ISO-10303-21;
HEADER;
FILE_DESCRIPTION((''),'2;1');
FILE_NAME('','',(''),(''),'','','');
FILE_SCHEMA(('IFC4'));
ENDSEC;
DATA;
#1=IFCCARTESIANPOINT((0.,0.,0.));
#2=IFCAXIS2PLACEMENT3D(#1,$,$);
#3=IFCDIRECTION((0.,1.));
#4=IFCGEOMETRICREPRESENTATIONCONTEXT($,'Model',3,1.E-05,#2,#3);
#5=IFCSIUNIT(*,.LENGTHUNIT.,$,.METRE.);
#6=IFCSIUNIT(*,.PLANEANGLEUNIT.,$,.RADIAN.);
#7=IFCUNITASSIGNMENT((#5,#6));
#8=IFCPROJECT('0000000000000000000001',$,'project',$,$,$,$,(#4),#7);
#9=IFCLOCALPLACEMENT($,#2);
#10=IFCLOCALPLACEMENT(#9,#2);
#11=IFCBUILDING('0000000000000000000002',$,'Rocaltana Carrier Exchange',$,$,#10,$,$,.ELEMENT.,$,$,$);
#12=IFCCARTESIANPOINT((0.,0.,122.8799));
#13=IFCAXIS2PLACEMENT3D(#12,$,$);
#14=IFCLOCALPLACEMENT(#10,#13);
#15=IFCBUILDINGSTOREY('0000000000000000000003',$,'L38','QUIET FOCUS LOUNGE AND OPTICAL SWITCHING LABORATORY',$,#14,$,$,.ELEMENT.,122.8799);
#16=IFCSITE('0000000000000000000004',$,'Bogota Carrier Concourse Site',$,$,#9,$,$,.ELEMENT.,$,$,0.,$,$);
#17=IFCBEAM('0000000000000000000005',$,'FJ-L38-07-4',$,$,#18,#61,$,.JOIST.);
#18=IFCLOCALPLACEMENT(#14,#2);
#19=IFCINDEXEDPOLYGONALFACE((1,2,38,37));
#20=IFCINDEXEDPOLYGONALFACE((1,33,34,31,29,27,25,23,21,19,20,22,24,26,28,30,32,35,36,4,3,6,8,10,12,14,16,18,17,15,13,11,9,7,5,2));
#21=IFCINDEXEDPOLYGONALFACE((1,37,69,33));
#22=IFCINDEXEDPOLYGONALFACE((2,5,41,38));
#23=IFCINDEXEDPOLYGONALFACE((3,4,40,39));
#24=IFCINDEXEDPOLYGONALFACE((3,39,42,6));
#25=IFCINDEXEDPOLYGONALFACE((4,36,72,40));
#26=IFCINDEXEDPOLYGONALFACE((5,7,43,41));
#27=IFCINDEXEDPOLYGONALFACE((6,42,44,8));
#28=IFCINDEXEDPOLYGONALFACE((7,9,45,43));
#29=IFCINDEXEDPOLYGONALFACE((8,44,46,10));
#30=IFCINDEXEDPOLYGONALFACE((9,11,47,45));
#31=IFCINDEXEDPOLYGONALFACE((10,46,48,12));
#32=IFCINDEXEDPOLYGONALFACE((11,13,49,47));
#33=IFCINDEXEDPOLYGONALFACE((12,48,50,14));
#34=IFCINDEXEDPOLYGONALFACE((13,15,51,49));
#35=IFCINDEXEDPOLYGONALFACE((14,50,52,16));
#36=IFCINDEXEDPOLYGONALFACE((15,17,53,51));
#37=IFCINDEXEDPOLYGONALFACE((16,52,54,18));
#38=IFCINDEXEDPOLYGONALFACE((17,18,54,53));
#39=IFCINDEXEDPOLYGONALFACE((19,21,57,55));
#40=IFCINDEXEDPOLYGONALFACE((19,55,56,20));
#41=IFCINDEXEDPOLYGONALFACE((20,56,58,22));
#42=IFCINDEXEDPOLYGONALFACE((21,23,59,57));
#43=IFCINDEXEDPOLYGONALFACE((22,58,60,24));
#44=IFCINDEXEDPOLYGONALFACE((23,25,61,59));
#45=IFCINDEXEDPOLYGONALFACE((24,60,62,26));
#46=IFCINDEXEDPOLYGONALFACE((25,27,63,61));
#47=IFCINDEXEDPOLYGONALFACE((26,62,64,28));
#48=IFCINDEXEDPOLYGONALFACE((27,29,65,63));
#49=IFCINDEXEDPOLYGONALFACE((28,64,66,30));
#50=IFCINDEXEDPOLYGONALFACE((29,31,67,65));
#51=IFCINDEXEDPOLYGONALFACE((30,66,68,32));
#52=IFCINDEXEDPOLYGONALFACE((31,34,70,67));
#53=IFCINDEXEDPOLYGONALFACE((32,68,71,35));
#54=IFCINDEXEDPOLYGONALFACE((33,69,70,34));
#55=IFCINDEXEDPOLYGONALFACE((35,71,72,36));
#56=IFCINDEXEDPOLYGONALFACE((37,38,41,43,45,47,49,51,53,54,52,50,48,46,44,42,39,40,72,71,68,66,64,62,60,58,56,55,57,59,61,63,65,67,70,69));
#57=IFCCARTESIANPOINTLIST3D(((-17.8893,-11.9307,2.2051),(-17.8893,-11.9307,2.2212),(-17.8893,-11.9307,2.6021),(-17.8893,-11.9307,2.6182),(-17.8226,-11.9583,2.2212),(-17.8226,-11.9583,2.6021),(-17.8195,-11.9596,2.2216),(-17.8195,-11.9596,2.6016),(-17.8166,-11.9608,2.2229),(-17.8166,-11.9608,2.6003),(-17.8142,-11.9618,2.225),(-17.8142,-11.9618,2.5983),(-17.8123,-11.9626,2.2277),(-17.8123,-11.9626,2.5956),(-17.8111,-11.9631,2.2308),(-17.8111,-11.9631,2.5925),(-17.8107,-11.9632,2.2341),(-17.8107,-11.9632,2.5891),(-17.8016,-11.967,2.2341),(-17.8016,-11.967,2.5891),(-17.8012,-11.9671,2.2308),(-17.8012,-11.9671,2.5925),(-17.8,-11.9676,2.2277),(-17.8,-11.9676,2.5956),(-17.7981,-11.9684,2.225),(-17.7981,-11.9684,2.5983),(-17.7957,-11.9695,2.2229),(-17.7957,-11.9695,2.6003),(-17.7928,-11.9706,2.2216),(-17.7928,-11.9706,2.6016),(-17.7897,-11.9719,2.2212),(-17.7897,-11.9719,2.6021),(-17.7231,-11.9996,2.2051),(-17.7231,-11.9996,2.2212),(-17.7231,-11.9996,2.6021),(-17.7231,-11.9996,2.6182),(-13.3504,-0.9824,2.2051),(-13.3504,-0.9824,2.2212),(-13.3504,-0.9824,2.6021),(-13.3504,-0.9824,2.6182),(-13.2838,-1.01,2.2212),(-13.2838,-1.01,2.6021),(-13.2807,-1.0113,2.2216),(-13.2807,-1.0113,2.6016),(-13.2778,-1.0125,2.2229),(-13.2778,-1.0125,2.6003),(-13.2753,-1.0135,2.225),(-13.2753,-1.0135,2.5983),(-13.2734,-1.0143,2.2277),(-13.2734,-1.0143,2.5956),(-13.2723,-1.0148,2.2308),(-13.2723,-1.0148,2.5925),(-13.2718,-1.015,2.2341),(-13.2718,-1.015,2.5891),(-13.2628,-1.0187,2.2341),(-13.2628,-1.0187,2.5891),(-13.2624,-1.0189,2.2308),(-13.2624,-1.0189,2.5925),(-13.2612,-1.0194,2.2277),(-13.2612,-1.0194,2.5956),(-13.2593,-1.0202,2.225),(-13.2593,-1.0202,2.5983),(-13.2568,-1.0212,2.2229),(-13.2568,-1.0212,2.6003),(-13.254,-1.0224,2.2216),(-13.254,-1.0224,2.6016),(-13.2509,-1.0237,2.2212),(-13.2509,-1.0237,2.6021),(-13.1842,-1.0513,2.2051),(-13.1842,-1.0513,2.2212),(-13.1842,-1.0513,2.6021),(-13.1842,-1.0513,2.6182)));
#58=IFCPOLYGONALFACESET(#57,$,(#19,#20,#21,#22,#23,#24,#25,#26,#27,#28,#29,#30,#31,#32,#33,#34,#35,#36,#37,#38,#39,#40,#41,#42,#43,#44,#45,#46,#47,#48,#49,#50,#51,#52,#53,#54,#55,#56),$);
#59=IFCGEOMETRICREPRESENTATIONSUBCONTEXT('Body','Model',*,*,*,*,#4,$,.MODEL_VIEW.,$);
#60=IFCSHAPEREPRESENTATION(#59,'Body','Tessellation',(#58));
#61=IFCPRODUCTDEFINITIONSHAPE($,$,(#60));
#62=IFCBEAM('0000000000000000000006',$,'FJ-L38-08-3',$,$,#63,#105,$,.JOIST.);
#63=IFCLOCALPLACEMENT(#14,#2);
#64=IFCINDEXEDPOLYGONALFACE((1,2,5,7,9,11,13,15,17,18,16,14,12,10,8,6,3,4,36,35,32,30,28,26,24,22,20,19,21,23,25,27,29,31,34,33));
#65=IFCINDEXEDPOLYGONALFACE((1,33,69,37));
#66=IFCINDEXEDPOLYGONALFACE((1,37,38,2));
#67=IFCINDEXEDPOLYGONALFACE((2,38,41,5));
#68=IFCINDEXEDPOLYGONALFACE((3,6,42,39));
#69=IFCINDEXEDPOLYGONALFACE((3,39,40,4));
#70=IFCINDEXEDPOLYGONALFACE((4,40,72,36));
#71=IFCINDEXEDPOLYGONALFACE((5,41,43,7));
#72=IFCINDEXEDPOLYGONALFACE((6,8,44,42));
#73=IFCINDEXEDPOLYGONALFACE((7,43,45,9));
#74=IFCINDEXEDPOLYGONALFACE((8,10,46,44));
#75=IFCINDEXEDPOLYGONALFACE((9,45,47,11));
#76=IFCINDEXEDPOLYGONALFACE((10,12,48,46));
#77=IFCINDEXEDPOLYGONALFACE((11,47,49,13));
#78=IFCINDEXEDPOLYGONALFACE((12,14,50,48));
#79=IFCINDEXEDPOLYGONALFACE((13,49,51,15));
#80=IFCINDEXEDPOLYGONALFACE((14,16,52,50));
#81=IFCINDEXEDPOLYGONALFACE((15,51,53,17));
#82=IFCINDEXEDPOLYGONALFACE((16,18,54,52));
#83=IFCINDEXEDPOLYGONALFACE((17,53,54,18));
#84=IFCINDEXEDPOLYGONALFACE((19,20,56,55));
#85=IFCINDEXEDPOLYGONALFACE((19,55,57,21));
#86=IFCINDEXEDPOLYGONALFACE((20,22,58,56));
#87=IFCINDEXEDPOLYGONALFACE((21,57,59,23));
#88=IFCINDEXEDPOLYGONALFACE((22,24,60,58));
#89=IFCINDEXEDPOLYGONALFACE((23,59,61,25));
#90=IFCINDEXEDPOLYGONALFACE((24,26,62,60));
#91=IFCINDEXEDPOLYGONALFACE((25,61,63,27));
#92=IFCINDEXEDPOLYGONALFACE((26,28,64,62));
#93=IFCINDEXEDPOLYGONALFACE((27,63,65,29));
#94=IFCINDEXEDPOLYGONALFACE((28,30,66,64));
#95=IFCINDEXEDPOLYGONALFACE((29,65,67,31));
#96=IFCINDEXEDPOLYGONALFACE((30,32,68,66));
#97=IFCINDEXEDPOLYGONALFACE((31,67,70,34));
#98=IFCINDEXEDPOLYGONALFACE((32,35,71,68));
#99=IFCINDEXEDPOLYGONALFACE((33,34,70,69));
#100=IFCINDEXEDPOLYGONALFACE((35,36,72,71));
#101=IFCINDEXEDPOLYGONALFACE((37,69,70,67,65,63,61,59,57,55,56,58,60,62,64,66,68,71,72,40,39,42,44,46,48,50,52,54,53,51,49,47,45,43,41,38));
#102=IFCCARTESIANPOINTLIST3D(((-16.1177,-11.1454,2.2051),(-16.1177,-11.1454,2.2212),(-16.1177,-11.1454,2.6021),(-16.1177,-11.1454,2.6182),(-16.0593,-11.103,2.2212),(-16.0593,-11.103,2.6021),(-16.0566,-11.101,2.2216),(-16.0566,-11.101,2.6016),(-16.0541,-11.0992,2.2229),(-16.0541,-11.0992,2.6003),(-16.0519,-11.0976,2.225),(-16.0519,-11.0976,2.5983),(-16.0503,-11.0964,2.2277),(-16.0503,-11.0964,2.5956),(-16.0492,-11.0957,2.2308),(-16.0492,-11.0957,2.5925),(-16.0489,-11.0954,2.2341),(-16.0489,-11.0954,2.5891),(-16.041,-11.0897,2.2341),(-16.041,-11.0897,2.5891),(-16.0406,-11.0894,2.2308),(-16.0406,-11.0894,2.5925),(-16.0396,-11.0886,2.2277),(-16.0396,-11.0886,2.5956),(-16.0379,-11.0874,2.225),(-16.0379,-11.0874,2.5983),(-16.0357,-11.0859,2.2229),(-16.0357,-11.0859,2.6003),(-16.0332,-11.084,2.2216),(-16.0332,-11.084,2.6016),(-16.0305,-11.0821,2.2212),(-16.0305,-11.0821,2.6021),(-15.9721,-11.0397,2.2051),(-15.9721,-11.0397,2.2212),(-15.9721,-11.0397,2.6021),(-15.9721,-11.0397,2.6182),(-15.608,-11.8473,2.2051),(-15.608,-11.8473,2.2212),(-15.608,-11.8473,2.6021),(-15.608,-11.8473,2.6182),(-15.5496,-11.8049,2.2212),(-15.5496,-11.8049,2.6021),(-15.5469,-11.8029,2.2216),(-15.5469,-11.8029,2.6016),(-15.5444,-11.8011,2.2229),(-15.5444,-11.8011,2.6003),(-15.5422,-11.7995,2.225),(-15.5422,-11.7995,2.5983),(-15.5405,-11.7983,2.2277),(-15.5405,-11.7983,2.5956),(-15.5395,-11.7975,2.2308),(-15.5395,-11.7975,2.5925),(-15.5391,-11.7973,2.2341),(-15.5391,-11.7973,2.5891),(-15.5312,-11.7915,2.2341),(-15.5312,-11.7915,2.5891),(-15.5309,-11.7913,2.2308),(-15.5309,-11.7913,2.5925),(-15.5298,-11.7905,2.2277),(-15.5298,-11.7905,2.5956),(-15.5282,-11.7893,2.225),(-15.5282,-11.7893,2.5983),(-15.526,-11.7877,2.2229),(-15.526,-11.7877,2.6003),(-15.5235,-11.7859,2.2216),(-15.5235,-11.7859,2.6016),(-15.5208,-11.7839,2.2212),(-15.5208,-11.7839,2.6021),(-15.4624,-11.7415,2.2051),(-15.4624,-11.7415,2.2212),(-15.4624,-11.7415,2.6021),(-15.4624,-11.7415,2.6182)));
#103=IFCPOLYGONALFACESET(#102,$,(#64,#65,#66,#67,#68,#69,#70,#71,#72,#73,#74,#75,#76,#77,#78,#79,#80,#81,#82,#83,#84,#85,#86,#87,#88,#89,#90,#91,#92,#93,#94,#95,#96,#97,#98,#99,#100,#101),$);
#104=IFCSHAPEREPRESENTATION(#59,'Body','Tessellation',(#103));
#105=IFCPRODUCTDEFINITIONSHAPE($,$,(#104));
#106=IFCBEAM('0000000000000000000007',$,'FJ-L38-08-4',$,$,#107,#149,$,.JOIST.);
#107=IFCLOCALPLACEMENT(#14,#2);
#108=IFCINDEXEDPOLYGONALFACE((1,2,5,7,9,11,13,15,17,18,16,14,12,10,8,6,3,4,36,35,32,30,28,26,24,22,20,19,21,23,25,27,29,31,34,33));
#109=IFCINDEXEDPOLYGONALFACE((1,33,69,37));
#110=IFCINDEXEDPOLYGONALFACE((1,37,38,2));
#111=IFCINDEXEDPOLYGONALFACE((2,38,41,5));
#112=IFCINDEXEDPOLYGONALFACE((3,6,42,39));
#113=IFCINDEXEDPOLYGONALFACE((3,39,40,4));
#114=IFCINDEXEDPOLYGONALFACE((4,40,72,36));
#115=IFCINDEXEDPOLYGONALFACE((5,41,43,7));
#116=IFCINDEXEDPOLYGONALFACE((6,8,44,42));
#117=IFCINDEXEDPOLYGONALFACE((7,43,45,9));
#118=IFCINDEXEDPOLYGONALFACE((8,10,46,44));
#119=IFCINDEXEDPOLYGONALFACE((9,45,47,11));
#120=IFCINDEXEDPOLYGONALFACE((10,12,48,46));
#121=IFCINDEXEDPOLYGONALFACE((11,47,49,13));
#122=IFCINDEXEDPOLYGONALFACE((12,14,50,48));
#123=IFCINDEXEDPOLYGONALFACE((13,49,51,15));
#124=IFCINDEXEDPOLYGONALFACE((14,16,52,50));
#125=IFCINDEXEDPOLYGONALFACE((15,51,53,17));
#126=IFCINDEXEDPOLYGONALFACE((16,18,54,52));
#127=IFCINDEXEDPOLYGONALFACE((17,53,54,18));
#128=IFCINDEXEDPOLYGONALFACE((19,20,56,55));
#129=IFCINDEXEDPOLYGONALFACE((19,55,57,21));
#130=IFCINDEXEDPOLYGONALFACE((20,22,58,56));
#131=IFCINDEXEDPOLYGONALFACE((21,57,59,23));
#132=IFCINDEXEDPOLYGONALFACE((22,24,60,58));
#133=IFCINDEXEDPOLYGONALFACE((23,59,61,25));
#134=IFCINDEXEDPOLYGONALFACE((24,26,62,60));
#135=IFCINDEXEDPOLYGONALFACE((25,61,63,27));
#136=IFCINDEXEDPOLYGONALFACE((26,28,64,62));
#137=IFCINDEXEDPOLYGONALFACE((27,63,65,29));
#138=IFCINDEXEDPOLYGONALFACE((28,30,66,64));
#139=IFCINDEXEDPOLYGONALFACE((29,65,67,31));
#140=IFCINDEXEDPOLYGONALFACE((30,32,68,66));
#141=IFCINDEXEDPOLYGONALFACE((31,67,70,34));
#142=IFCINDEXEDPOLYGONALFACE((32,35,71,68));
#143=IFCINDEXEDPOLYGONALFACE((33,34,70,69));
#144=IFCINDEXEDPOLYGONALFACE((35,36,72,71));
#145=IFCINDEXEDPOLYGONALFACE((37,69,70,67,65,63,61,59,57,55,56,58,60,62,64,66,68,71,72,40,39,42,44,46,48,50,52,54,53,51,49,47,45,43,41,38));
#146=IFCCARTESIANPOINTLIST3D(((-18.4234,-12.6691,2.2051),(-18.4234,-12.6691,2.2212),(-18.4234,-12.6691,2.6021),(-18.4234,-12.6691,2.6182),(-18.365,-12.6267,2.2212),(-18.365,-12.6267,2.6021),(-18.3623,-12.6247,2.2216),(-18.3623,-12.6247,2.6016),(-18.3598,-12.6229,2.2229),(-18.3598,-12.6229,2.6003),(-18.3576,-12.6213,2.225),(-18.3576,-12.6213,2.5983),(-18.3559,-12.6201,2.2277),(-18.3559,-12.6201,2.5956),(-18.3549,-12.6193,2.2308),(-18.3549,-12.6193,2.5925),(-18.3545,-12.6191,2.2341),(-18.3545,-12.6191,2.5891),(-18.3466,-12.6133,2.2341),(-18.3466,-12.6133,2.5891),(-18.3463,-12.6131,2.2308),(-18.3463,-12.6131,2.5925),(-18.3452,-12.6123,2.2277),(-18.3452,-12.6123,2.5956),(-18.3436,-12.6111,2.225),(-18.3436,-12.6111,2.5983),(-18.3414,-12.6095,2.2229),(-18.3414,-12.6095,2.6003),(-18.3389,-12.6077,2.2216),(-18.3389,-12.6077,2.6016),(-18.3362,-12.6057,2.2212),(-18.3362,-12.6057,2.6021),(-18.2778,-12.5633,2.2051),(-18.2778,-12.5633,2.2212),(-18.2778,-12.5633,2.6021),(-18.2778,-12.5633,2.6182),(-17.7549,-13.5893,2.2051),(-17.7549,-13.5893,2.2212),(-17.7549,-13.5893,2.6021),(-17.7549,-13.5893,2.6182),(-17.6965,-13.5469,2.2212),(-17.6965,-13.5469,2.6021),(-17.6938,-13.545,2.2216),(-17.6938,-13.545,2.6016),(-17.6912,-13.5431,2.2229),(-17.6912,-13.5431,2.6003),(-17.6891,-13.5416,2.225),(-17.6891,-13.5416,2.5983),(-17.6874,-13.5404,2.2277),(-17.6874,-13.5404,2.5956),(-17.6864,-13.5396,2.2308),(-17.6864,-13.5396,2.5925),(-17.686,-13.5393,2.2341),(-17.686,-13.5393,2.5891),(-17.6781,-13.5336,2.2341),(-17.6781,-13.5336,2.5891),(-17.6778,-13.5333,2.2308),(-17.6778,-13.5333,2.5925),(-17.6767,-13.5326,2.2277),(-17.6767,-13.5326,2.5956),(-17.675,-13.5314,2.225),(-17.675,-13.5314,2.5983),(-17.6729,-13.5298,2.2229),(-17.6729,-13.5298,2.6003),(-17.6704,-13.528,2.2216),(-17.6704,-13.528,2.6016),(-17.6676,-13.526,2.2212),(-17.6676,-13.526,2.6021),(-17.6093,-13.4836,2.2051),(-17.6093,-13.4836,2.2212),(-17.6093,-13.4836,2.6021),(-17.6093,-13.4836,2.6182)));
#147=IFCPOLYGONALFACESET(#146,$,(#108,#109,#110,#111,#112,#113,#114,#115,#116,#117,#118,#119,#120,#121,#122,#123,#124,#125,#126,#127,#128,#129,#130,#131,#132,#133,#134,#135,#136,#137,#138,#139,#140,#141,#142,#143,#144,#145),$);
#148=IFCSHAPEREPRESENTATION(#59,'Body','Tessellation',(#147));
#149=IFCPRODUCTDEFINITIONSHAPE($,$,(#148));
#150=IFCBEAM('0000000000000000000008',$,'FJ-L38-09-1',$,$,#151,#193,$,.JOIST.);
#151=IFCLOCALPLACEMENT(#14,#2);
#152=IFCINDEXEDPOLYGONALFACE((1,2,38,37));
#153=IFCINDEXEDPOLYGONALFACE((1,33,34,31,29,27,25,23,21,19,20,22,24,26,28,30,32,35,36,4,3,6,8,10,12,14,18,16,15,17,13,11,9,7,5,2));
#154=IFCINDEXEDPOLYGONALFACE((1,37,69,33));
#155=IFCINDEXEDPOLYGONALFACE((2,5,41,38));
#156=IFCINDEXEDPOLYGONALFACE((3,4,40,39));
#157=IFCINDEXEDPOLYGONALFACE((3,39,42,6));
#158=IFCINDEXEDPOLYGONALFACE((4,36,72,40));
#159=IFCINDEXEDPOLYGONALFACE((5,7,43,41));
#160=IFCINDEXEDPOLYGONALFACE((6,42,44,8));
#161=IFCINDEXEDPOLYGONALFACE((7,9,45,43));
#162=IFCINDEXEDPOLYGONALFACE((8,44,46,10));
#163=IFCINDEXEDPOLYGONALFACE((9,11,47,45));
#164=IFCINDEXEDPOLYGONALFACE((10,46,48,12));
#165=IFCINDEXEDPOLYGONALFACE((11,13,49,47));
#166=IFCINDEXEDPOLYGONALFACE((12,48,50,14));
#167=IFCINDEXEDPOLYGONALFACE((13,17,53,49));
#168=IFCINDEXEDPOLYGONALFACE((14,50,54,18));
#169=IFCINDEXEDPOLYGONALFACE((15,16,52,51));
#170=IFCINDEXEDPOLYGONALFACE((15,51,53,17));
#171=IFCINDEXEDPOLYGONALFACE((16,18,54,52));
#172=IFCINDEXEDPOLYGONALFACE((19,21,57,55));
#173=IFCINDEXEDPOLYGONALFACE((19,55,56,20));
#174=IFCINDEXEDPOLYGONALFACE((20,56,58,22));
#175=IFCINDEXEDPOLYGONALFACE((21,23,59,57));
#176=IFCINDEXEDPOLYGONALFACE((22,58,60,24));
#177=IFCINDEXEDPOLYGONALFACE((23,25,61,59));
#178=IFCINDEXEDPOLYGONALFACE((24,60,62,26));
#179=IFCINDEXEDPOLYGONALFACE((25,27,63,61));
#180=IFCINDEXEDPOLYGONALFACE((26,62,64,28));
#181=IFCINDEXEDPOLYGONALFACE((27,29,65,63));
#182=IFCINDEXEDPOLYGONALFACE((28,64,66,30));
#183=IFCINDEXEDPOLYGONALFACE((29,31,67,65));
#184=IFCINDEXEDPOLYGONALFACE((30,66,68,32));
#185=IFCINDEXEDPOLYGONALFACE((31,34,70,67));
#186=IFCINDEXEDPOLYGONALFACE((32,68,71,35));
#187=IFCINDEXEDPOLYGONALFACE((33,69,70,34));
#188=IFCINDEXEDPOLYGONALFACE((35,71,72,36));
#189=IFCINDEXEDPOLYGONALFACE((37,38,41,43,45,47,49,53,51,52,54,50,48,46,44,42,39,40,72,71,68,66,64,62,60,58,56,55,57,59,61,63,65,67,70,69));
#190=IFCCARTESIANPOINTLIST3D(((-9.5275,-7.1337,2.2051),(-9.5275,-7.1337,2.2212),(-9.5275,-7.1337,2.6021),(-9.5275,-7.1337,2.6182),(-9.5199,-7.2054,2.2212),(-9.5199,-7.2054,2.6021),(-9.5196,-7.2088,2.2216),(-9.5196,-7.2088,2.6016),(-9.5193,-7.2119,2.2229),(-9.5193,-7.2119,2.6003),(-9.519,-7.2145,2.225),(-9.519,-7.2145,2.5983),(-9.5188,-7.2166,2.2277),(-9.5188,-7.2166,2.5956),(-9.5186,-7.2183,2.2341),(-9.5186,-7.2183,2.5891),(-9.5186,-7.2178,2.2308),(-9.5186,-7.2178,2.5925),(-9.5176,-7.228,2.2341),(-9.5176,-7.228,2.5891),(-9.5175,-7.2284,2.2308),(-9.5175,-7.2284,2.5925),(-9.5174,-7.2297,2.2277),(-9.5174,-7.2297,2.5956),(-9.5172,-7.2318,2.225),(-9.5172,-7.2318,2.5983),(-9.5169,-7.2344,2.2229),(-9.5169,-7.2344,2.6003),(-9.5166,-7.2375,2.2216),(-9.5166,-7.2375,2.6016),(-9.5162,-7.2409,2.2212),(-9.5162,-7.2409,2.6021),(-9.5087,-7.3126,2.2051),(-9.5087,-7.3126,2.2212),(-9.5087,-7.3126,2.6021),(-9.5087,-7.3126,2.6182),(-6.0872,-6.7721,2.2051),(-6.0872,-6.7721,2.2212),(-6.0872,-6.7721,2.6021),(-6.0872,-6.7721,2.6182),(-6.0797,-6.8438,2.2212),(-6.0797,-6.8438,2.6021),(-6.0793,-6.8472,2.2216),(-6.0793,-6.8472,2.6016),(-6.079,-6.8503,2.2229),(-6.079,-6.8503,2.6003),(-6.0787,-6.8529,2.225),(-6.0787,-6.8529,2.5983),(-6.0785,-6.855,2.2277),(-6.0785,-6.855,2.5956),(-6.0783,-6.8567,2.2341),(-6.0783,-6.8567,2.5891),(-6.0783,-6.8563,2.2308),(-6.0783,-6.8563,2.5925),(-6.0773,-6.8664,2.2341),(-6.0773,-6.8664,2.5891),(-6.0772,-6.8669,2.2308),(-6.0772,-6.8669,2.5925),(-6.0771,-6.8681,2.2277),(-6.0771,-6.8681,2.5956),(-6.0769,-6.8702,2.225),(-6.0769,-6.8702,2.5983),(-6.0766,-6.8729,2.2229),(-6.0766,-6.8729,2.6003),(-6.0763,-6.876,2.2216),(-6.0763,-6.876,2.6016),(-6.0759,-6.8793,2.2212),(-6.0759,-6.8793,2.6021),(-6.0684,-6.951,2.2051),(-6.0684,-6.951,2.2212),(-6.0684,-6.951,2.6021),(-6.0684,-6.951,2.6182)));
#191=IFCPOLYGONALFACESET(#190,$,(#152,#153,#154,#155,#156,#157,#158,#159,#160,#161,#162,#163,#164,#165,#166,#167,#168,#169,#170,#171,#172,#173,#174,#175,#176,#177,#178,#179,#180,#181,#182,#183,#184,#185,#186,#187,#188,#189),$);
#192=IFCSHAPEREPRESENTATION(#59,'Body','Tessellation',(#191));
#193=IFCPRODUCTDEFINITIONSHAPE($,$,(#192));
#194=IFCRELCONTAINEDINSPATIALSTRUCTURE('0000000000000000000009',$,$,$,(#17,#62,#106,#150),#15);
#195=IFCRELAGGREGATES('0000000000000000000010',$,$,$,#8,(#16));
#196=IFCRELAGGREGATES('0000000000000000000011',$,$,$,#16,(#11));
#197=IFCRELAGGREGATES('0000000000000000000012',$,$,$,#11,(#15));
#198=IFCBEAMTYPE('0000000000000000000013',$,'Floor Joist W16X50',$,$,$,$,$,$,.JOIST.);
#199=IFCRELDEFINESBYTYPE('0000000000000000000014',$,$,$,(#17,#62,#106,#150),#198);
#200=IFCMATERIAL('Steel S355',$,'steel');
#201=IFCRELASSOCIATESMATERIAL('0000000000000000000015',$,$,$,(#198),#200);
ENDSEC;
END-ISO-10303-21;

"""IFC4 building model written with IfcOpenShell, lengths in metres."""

from ifc_helpers import new_model, si_unit, direction, frame, origin, origin_2d, place, context, subcontext, project, spatial, i_section, extrude, material, material_profile, profile_set, type_object, element, save


model = new_model("IFC4")

# Units and contexts
model_context = context("Model", 3, precision=1e-05, world=origin(), true_north=direction((0.0, 1.0)))
body_context = subcontext(model_context, "Body", "Model", "MODEL_VIEW")
ifc_project = project(units=[si_unit("LENGTHUNIT", "METRE"), si_unit("PLANEANGLEUNIT", "RADIAN")], contexts=[model_context])

# Site, building, storey
site_placement = place(None, origin())
site = spatial("IfcSite", under=ifc_project, at=site_placement, Name="Bogota Carrier Concourse Site", CompositionType="ELEMENT", RefElevation=0.0)
building_placement = place(site_placement, origin())
building = spatial("IfcBuilding", under=site, at=building_placement, Name="Rocaltana Carrier Exchange", CompositionType="ELEMENT")
storey_placement = place(building_placement, frame((0.0, 0.0, 122.8799)))
storey = spatial("IfcBuildingStorey", under=building, at=storey_placement, Name="L38", Description="QUIET FOCUS LOUNGE AND OPTICAL SWITCHING LABORATORY", CompositionType="ELEMENT", Elevation=122.8799)

# Beams
ifc_material_1 = material(Name="Steel S355", Category="steel")
ifc_material_profile_1 = material_profile(ifc_material_1, i_section(OverallWidth=0.1799, OverallDepth=0.4131, WebThickness=0.0098, FlangeThickness=0.0161, FilletRadius=0.0129, at=origin_2d()), Name="W16X50")
ifc_profile_set_1 = profile_set([ifc_material_profile_1], Name="Steel S355")
beam_type_1 = type_object("IfcBeamType", Name="Floor Joist W16X50", PredefinedType="JOIST", material=ifc_profile_set_1)
beam_1_placement = place(storey_placement, frame((-13.2673, -1.0168, 2.4116), z_axis=(-0.382965, -0.923763, 0.0), x_axis=(0.923763, -0.382965, 0.0)))
element("IfcBeam", 1, at=beam_1_placement, inside=storey, type_object=beam_type_1, Name="FJ-L38-07-4", PredefinedType="JOIST", context=body_context, shape_type="SweptSolid", body=[
    extrude(i_section(OverallWidth=0.1799, OverallDepth=0.4131, WebThickness=0.0098, FlangeThickness=0.0161, FilletRadius=0.0129, at=origin_2d()), origin(), (0.0, 0.0, 1.0), 11.8518),
])
beam_2_placement = place(storey_placement, frame((-16.0449, -11.0925, 2.4116), z_axis=(0.587636, -0.809125, 0.0), x_axis=(0.809125, 0.587636, 0.0)))
element("IfcBeam", 2, at=beam_2_placement, inside=storey, type_object=beam_type_1, Name="FJ-L38-08-3", PredefinedType="JOIST", context=body_context, shape_type="SweptSolid", body=[
    extrude(i_section(OverallWidth=0.1799, OverallDepth=0.4131, WebThickness=0.0098, FlangeThickness=0.0161, FilletRadius=0.0129, at=origin_2d()), origin(), (0.0, 0.0, 1.0), 0.8674),
])
beam_3_placement = place(storey_placement, frame((-18.3506, -12.6162, 2.4116), z_axis=(0.587738, -0.809052, 0.0), x_axis=(0.809052, 0.587738, 0.0)))
element("IfcBeam", 3, at=beam_3_placement, inside=storey, type_object=beam_type_1, Name="FJ-L38-08-4", PredefinedType="JOIST", context=body_context, shape_type="SweptSolid", body=[
    extrude(i_section(OverallWidth=0.1799, OverallDepth=0.4131, WebThickness=0.0098, FlangeThickness=0.0161, FilletRadius=0.0129, at=origin_2d()), origin(), (0.0, 0.0, 1.0), 1.1375),
])
beam_4_placement = place(storey_placement, frame((-9.5181, -7.2231, 2.4116), z_axis=(0.994522, 0.104527, 0.0), x_axis=(-0.104527, 0.994522, 0.0)))
element("IfcBeam", 4, at=beam_4_placement, inside=storey, type_object=beam_type_1, Name="FJ-L38-09-1", PredefinedType="JOIST", context=body_context, shape_type="SweptSolid", body=[
    extrude(i_section(OverallWidth=0.1799, OverallDepth=0.4131, WebThickness=0.0098, FlangeThickness=0.0161, FilletRadius=0.0129, at=origin_2d()), origin(), (0.0, 0.0, 1.0), 3.4592),
])

save(model, "model.ifc")
